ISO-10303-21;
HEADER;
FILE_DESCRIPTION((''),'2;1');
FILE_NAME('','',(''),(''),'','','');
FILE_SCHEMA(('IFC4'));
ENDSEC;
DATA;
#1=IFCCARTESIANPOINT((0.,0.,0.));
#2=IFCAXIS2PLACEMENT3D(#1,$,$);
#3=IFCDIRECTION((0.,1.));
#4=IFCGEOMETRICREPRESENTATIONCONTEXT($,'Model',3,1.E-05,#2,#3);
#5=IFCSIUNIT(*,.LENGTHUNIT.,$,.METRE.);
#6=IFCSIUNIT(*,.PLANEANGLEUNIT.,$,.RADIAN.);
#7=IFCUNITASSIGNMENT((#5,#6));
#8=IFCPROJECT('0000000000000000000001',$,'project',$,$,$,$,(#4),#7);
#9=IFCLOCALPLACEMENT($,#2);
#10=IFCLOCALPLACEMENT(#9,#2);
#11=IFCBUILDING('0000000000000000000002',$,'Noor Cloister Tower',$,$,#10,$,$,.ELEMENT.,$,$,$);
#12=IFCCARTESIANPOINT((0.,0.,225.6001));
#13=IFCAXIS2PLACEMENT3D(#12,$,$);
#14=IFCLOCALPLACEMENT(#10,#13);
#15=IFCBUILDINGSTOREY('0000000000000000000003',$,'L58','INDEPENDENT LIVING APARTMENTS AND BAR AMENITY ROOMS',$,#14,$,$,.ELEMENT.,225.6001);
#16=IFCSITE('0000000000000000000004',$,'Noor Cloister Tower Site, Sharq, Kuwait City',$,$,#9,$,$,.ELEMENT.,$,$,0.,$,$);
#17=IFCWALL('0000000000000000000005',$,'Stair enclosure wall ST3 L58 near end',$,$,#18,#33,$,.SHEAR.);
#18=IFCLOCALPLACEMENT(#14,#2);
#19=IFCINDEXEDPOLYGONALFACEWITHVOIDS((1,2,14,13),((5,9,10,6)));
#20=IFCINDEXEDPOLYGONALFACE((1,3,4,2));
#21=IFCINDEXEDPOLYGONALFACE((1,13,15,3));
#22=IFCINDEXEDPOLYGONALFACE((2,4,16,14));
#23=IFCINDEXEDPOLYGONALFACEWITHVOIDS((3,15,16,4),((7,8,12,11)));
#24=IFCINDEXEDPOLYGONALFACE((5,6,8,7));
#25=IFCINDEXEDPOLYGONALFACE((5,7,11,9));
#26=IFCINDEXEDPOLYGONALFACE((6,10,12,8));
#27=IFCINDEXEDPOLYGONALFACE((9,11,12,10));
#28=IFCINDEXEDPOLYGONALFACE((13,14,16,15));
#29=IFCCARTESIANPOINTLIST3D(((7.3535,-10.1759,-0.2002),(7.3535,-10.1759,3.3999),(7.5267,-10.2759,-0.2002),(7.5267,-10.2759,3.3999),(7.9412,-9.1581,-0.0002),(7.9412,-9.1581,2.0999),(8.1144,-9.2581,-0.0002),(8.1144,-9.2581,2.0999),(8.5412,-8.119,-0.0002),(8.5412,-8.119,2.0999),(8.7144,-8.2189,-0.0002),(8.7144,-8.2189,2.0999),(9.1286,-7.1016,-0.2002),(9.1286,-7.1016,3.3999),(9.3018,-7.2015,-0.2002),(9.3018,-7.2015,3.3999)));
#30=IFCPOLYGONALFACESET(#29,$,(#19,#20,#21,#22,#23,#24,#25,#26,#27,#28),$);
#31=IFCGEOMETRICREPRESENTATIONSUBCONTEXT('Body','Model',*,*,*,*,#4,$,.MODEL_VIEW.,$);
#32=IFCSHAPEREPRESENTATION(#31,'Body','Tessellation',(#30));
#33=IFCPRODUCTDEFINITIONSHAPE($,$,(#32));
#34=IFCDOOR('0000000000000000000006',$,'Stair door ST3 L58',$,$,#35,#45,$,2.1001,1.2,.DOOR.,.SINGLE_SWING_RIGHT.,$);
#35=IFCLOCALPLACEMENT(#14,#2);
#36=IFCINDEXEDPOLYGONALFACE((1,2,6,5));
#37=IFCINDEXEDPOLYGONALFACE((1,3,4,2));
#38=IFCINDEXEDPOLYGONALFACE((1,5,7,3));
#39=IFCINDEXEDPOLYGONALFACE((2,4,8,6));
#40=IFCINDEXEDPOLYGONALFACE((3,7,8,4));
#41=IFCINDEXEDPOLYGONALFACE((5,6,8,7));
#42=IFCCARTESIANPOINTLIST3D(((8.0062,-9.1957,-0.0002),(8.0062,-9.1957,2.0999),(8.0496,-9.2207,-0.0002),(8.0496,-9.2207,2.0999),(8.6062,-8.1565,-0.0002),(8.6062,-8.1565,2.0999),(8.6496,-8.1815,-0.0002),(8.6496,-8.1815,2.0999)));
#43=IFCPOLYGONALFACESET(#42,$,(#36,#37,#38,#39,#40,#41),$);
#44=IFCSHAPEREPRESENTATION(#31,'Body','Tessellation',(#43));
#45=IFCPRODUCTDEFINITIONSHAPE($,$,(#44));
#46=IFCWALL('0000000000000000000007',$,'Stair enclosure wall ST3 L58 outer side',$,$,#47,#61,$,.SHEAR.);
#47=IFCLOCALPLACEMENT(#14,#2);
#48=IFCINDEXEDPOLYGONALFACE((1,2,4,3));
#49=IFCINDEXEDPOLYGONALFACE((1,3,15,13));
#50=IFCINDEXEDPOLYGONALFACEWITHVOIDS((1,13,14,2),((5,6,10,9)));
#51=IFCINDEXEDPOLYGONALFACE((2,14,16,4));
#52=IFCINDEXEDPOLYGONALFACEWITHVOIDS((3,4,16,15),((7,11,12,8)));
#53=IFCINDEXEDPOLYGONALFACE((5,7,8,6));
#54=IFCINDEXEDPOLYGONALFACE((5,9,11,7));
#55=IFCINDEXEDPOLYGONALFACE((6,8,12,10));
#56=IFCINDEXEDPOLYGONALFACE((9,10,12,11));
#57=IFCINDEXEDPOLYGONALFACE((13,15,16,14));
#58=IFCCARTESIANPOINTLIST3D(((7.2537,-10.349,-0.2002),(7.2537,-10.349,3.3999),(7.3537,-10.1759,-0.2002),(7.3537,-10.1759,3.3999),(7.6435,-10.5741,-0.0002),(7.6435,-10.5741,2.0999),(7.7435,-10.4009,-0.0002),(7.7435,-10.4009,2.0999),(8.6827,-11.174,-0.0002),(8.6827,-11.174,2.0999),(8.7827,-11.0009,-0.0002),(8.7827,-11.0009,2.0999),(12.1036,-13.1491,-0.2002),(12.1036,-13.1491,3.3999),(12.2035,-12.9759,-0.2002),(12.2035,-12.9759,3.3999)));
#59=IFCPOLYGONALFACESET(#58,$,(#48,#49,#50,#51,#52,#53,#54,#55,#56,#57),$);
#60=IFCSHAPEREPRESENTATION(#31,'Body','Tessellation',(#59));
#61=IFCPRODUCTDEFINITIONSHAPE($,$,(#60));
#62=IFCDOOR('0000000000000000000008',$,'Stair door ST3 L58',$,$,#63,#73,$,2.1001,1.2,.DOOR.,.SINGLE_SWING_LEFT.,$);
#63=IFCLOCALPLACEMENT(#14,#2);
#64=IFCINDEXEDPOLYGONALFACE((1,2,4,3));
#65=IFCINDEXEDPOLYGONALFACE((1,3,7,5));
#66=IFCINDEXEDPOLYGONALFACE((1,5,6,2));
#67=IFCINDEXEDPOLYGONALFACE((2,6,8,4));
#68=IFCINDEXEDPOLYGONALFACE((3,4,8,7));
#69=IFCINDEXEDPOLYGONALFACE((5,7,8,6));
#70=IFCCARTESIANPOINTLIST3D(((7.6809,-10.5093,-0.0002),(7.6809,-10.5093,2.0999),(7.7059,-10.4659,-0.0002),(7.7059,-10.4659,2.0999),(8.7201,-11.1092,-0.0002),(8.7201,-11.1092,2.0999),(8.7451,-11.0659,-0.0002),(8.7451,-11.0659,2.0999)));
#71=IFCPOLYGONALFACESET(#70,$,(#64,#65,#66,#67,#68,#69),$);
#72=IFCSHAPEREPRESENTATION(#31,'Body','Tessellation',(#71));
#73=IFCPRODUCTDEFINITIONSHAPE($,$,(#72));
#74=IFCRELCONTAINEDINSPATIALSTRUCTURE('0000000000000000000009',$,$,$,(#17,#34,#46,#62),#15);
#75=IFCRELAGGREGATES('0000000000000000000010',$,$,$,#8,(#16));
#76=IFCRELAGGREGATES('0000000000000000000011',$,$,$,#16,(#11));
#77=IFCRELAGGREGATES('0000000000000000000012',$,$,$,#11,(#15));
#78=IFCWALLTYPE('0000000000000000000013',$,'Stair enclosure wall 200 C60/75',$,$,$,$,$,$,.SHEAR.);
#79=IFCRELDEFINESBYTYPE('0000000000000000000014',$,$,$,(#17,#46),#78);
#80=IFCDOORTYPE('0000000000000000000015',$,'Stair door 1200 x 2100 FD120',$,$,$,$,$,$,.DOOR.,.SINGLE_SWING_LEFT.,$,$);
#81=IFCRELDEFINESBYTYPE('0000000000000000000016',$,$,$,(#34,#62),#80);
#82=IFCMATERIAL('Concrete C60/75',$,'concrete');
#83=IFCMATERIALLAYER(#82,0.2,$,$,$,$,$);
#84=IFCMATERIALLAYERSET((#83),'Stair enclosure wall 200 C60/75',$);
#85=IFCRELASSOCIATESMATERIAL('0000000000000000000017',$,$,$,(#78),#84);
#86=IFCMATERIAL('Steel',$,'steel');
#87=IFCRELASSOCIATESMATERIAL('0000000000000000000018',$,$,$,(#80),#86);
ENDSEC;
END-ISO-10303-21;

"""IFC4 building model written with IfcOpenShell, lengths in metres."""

from ifc_helpers import new_model, si_unit, direction, frame, frame_2d, origin, place, context, subcontext, project, spatial, rectangle, extrude, material, layer, layer_set, type_object, element, fill, save


model = new_model("IFC4")

# Units and contexts
model_context = context("Model", 3, precision=1e-05, world=origin(), true_north=direction((0.0, 1.0)))
body_context = subcontext(model_context, "Body", "Model", "MODEL_VIEW")
ifc_project = project(units=[si_unit("LENGTHUNIT", "METRE"), si_unit("PLANEANGLEUNIT", "RADIAN")], contexts=[model_context])

# Site, building, storey
site_placement = place(None, origin())
site = spatial("IfcSite", under=ifc_project, at=site_placement, Name="Noor Cloister Tower Site, Sharq, Kuwait City", CompositionType="ELEMENT", RefElevation=0.0)
building_placement = place(site_placement, origin())
building = spatial("IfcBuilding", under=site, at=building_placement, Name="Noor Cloister Tower", CompositionType="ELEMENT")
storey_placement = place(building_placement, frame((0.0, 0.0, 225.6001)))
storey = spatial("IfcBuildingStorey", under=building, at=storey_placement, Name="L58", Description="INDEPENDENT LIVING APARTMENTS AND BAR AMENITY ROOMS", CompositionType="ELEMENT", Elevation=225.6001)

# Walls, openings, doors
ifc_material_1 = material(Name="Concrete C60/75", Category="concrete")
ifc_layer_1 = layer(ifc_material_1, 0.2)
ifc_layer_set_1 = layer_set([ifc_layer_1], Name="Stair enclosure wall 200 C60/75")
wall_type_1 = type_object("IfcWallType", Name="Stair enclosure wall 200 C60/75", PredefinedType="SHEAR", material=ifc_layer_set_1)
wall_1_placement = place(storey_placement, frame((7.4402, -10.2258, -0.2002), z_axis=(0.0, 0.0, 1.0), x_axis=(0.500022, 0.866013, 0.0)))
wall_1 = element("IfcWall", 1, at=wall_1_placement, inside=storey, type_object=wall_type_1, Name="Stair enclosure wall ST3 L58 near end", PredefinedType="SHEAR", context=body_context, shape_type="SweptSolid", body=[
    extrude(rectangle(XDim=3.55, YDim=0.2, at=frame_2d((1.7749, 0.0))), origin(), (0.0, 0.0, 1.0), 3.6001),
])
opening_1_placement = place(wall_1_placement, frame((1.175, 0.0, 0.2)))
opening_1 = element("IfcOpeningElement", 2, at=opening_1_placement, cuts=wall_1, PredefinedType="OPENING", context=body_context, shape_type="SweptSolid", body=[
    extrude(rectangle(XDim=1.2, YDim=2.1001, at=frame_2d((0.6001, 1.05))), frame((0.0, 0.1099, 0.0), z_axis=(0.0, -1.0, 0.0), x_axis=(1.0, 0.0, 0.0)), (0.0, 0.0, 1.0), 0.22),
])
ifc_material_2 = material(Name="Steel", Category="steel")
door_type_1 = type_object("IfcDoorType", Name="Stair door 1200 x 2100 FD120", OperationType="SINGLE_SWING_LEFT", PredefinedType="DOOR", material=ifc_material_2)
door_1_placement = place(opening_1_placement, origin())
door_1 = element("IfcDoor", 3, at=door_1_placement, inside=storey, type_object=door_type_1, Name="Stair door ST3 L58", OperationType="SINGLE_SWING_RIGHT", OverallHeight=2.1001, OverallWidth=1.2, PredefinedType="DOOR", context=body_context, shape_type="SweptSolid", body=[
    extrude(rectangle(XDim=1.2, YDim=2.1001, at=frame_2d((0.6001, 1.05))), frame((0.0, 0.0249, 0.0), z_axis=(0.0, -1.0, 0.0), x_axis=(1.0, 0.0, 0.0)), (0.0, 0.0, 1.0), 0.05),
])
fill(opening_1, door_1)
wall_2_placement = place(storey_placement, frame((7.3037, -10.2625, -0.2002), z_axis=(0.0, 0.0, 1.0), x_axis=(0.866027, -0.499998, 0.0)))
wall_2 = element("IfcWall", 4, at=wall_2_placement, inside=storey, type_object=wall_type_1, Name="Stair enclosure wall ST3 L58 outer side", PredefinedType="SHEAR", context=body_context, shape_type="SweptSolid", body=[
    extrude(rectangle(XDim=5.6001, YDim=0.2, at=frame_2d((2.8, 0.0))), origin(), (0.0, 0.0, 1.0), 3.6001),
])
opening_2_placement = place(wall_2_placement, frame((0.45, 0.0, 0.2)))
opening_2 = element("IfcOpeningElement", 5, at=opening_2_placement, cuts=wall_2, PredefinedType="OPENING", context=body_context, shape_type="SweptSolid", body=[
    extrude(rectangle(XDim=1.2, YDim=2.1001, at=frame_2d((0.6001, 1.05))), frame((0.0, 0.1099, 0.0), z_axis=(0.0, -1.0, 0.0), x_axis=(1.0, 0.0, 0.0)), (0.0, 0.0, 1.0), 0.22),
])
door_2_placement = place(opening_2_placement, origin())
door_2 = element("IfcDoor", 6, at=door_2_placement, inside=storey, type_object=door_type_1, Name="Stair door ST3 L58", OperationType="SINGLE_SWING_LEFT", OverallHeight=2.1001, OverallWidth=1.2, PredefinedType="DOOR", context=body_context, shape_type="SweptSolid", body=[
    extrude(rectangle(XDim=1.2, YDim=2.1001, at=frame_2d((0.6001, 1.05))), frame((0.0, 0.0249, 0.0), z_axis=(0.0, -1.0, 0.0), x_axis=(1.0, 0.0, 0.0)), (0.0, 0.0, 1.0), 0.05),
])
fill(opening_2, door_2)

save(model, "model.ifc")
